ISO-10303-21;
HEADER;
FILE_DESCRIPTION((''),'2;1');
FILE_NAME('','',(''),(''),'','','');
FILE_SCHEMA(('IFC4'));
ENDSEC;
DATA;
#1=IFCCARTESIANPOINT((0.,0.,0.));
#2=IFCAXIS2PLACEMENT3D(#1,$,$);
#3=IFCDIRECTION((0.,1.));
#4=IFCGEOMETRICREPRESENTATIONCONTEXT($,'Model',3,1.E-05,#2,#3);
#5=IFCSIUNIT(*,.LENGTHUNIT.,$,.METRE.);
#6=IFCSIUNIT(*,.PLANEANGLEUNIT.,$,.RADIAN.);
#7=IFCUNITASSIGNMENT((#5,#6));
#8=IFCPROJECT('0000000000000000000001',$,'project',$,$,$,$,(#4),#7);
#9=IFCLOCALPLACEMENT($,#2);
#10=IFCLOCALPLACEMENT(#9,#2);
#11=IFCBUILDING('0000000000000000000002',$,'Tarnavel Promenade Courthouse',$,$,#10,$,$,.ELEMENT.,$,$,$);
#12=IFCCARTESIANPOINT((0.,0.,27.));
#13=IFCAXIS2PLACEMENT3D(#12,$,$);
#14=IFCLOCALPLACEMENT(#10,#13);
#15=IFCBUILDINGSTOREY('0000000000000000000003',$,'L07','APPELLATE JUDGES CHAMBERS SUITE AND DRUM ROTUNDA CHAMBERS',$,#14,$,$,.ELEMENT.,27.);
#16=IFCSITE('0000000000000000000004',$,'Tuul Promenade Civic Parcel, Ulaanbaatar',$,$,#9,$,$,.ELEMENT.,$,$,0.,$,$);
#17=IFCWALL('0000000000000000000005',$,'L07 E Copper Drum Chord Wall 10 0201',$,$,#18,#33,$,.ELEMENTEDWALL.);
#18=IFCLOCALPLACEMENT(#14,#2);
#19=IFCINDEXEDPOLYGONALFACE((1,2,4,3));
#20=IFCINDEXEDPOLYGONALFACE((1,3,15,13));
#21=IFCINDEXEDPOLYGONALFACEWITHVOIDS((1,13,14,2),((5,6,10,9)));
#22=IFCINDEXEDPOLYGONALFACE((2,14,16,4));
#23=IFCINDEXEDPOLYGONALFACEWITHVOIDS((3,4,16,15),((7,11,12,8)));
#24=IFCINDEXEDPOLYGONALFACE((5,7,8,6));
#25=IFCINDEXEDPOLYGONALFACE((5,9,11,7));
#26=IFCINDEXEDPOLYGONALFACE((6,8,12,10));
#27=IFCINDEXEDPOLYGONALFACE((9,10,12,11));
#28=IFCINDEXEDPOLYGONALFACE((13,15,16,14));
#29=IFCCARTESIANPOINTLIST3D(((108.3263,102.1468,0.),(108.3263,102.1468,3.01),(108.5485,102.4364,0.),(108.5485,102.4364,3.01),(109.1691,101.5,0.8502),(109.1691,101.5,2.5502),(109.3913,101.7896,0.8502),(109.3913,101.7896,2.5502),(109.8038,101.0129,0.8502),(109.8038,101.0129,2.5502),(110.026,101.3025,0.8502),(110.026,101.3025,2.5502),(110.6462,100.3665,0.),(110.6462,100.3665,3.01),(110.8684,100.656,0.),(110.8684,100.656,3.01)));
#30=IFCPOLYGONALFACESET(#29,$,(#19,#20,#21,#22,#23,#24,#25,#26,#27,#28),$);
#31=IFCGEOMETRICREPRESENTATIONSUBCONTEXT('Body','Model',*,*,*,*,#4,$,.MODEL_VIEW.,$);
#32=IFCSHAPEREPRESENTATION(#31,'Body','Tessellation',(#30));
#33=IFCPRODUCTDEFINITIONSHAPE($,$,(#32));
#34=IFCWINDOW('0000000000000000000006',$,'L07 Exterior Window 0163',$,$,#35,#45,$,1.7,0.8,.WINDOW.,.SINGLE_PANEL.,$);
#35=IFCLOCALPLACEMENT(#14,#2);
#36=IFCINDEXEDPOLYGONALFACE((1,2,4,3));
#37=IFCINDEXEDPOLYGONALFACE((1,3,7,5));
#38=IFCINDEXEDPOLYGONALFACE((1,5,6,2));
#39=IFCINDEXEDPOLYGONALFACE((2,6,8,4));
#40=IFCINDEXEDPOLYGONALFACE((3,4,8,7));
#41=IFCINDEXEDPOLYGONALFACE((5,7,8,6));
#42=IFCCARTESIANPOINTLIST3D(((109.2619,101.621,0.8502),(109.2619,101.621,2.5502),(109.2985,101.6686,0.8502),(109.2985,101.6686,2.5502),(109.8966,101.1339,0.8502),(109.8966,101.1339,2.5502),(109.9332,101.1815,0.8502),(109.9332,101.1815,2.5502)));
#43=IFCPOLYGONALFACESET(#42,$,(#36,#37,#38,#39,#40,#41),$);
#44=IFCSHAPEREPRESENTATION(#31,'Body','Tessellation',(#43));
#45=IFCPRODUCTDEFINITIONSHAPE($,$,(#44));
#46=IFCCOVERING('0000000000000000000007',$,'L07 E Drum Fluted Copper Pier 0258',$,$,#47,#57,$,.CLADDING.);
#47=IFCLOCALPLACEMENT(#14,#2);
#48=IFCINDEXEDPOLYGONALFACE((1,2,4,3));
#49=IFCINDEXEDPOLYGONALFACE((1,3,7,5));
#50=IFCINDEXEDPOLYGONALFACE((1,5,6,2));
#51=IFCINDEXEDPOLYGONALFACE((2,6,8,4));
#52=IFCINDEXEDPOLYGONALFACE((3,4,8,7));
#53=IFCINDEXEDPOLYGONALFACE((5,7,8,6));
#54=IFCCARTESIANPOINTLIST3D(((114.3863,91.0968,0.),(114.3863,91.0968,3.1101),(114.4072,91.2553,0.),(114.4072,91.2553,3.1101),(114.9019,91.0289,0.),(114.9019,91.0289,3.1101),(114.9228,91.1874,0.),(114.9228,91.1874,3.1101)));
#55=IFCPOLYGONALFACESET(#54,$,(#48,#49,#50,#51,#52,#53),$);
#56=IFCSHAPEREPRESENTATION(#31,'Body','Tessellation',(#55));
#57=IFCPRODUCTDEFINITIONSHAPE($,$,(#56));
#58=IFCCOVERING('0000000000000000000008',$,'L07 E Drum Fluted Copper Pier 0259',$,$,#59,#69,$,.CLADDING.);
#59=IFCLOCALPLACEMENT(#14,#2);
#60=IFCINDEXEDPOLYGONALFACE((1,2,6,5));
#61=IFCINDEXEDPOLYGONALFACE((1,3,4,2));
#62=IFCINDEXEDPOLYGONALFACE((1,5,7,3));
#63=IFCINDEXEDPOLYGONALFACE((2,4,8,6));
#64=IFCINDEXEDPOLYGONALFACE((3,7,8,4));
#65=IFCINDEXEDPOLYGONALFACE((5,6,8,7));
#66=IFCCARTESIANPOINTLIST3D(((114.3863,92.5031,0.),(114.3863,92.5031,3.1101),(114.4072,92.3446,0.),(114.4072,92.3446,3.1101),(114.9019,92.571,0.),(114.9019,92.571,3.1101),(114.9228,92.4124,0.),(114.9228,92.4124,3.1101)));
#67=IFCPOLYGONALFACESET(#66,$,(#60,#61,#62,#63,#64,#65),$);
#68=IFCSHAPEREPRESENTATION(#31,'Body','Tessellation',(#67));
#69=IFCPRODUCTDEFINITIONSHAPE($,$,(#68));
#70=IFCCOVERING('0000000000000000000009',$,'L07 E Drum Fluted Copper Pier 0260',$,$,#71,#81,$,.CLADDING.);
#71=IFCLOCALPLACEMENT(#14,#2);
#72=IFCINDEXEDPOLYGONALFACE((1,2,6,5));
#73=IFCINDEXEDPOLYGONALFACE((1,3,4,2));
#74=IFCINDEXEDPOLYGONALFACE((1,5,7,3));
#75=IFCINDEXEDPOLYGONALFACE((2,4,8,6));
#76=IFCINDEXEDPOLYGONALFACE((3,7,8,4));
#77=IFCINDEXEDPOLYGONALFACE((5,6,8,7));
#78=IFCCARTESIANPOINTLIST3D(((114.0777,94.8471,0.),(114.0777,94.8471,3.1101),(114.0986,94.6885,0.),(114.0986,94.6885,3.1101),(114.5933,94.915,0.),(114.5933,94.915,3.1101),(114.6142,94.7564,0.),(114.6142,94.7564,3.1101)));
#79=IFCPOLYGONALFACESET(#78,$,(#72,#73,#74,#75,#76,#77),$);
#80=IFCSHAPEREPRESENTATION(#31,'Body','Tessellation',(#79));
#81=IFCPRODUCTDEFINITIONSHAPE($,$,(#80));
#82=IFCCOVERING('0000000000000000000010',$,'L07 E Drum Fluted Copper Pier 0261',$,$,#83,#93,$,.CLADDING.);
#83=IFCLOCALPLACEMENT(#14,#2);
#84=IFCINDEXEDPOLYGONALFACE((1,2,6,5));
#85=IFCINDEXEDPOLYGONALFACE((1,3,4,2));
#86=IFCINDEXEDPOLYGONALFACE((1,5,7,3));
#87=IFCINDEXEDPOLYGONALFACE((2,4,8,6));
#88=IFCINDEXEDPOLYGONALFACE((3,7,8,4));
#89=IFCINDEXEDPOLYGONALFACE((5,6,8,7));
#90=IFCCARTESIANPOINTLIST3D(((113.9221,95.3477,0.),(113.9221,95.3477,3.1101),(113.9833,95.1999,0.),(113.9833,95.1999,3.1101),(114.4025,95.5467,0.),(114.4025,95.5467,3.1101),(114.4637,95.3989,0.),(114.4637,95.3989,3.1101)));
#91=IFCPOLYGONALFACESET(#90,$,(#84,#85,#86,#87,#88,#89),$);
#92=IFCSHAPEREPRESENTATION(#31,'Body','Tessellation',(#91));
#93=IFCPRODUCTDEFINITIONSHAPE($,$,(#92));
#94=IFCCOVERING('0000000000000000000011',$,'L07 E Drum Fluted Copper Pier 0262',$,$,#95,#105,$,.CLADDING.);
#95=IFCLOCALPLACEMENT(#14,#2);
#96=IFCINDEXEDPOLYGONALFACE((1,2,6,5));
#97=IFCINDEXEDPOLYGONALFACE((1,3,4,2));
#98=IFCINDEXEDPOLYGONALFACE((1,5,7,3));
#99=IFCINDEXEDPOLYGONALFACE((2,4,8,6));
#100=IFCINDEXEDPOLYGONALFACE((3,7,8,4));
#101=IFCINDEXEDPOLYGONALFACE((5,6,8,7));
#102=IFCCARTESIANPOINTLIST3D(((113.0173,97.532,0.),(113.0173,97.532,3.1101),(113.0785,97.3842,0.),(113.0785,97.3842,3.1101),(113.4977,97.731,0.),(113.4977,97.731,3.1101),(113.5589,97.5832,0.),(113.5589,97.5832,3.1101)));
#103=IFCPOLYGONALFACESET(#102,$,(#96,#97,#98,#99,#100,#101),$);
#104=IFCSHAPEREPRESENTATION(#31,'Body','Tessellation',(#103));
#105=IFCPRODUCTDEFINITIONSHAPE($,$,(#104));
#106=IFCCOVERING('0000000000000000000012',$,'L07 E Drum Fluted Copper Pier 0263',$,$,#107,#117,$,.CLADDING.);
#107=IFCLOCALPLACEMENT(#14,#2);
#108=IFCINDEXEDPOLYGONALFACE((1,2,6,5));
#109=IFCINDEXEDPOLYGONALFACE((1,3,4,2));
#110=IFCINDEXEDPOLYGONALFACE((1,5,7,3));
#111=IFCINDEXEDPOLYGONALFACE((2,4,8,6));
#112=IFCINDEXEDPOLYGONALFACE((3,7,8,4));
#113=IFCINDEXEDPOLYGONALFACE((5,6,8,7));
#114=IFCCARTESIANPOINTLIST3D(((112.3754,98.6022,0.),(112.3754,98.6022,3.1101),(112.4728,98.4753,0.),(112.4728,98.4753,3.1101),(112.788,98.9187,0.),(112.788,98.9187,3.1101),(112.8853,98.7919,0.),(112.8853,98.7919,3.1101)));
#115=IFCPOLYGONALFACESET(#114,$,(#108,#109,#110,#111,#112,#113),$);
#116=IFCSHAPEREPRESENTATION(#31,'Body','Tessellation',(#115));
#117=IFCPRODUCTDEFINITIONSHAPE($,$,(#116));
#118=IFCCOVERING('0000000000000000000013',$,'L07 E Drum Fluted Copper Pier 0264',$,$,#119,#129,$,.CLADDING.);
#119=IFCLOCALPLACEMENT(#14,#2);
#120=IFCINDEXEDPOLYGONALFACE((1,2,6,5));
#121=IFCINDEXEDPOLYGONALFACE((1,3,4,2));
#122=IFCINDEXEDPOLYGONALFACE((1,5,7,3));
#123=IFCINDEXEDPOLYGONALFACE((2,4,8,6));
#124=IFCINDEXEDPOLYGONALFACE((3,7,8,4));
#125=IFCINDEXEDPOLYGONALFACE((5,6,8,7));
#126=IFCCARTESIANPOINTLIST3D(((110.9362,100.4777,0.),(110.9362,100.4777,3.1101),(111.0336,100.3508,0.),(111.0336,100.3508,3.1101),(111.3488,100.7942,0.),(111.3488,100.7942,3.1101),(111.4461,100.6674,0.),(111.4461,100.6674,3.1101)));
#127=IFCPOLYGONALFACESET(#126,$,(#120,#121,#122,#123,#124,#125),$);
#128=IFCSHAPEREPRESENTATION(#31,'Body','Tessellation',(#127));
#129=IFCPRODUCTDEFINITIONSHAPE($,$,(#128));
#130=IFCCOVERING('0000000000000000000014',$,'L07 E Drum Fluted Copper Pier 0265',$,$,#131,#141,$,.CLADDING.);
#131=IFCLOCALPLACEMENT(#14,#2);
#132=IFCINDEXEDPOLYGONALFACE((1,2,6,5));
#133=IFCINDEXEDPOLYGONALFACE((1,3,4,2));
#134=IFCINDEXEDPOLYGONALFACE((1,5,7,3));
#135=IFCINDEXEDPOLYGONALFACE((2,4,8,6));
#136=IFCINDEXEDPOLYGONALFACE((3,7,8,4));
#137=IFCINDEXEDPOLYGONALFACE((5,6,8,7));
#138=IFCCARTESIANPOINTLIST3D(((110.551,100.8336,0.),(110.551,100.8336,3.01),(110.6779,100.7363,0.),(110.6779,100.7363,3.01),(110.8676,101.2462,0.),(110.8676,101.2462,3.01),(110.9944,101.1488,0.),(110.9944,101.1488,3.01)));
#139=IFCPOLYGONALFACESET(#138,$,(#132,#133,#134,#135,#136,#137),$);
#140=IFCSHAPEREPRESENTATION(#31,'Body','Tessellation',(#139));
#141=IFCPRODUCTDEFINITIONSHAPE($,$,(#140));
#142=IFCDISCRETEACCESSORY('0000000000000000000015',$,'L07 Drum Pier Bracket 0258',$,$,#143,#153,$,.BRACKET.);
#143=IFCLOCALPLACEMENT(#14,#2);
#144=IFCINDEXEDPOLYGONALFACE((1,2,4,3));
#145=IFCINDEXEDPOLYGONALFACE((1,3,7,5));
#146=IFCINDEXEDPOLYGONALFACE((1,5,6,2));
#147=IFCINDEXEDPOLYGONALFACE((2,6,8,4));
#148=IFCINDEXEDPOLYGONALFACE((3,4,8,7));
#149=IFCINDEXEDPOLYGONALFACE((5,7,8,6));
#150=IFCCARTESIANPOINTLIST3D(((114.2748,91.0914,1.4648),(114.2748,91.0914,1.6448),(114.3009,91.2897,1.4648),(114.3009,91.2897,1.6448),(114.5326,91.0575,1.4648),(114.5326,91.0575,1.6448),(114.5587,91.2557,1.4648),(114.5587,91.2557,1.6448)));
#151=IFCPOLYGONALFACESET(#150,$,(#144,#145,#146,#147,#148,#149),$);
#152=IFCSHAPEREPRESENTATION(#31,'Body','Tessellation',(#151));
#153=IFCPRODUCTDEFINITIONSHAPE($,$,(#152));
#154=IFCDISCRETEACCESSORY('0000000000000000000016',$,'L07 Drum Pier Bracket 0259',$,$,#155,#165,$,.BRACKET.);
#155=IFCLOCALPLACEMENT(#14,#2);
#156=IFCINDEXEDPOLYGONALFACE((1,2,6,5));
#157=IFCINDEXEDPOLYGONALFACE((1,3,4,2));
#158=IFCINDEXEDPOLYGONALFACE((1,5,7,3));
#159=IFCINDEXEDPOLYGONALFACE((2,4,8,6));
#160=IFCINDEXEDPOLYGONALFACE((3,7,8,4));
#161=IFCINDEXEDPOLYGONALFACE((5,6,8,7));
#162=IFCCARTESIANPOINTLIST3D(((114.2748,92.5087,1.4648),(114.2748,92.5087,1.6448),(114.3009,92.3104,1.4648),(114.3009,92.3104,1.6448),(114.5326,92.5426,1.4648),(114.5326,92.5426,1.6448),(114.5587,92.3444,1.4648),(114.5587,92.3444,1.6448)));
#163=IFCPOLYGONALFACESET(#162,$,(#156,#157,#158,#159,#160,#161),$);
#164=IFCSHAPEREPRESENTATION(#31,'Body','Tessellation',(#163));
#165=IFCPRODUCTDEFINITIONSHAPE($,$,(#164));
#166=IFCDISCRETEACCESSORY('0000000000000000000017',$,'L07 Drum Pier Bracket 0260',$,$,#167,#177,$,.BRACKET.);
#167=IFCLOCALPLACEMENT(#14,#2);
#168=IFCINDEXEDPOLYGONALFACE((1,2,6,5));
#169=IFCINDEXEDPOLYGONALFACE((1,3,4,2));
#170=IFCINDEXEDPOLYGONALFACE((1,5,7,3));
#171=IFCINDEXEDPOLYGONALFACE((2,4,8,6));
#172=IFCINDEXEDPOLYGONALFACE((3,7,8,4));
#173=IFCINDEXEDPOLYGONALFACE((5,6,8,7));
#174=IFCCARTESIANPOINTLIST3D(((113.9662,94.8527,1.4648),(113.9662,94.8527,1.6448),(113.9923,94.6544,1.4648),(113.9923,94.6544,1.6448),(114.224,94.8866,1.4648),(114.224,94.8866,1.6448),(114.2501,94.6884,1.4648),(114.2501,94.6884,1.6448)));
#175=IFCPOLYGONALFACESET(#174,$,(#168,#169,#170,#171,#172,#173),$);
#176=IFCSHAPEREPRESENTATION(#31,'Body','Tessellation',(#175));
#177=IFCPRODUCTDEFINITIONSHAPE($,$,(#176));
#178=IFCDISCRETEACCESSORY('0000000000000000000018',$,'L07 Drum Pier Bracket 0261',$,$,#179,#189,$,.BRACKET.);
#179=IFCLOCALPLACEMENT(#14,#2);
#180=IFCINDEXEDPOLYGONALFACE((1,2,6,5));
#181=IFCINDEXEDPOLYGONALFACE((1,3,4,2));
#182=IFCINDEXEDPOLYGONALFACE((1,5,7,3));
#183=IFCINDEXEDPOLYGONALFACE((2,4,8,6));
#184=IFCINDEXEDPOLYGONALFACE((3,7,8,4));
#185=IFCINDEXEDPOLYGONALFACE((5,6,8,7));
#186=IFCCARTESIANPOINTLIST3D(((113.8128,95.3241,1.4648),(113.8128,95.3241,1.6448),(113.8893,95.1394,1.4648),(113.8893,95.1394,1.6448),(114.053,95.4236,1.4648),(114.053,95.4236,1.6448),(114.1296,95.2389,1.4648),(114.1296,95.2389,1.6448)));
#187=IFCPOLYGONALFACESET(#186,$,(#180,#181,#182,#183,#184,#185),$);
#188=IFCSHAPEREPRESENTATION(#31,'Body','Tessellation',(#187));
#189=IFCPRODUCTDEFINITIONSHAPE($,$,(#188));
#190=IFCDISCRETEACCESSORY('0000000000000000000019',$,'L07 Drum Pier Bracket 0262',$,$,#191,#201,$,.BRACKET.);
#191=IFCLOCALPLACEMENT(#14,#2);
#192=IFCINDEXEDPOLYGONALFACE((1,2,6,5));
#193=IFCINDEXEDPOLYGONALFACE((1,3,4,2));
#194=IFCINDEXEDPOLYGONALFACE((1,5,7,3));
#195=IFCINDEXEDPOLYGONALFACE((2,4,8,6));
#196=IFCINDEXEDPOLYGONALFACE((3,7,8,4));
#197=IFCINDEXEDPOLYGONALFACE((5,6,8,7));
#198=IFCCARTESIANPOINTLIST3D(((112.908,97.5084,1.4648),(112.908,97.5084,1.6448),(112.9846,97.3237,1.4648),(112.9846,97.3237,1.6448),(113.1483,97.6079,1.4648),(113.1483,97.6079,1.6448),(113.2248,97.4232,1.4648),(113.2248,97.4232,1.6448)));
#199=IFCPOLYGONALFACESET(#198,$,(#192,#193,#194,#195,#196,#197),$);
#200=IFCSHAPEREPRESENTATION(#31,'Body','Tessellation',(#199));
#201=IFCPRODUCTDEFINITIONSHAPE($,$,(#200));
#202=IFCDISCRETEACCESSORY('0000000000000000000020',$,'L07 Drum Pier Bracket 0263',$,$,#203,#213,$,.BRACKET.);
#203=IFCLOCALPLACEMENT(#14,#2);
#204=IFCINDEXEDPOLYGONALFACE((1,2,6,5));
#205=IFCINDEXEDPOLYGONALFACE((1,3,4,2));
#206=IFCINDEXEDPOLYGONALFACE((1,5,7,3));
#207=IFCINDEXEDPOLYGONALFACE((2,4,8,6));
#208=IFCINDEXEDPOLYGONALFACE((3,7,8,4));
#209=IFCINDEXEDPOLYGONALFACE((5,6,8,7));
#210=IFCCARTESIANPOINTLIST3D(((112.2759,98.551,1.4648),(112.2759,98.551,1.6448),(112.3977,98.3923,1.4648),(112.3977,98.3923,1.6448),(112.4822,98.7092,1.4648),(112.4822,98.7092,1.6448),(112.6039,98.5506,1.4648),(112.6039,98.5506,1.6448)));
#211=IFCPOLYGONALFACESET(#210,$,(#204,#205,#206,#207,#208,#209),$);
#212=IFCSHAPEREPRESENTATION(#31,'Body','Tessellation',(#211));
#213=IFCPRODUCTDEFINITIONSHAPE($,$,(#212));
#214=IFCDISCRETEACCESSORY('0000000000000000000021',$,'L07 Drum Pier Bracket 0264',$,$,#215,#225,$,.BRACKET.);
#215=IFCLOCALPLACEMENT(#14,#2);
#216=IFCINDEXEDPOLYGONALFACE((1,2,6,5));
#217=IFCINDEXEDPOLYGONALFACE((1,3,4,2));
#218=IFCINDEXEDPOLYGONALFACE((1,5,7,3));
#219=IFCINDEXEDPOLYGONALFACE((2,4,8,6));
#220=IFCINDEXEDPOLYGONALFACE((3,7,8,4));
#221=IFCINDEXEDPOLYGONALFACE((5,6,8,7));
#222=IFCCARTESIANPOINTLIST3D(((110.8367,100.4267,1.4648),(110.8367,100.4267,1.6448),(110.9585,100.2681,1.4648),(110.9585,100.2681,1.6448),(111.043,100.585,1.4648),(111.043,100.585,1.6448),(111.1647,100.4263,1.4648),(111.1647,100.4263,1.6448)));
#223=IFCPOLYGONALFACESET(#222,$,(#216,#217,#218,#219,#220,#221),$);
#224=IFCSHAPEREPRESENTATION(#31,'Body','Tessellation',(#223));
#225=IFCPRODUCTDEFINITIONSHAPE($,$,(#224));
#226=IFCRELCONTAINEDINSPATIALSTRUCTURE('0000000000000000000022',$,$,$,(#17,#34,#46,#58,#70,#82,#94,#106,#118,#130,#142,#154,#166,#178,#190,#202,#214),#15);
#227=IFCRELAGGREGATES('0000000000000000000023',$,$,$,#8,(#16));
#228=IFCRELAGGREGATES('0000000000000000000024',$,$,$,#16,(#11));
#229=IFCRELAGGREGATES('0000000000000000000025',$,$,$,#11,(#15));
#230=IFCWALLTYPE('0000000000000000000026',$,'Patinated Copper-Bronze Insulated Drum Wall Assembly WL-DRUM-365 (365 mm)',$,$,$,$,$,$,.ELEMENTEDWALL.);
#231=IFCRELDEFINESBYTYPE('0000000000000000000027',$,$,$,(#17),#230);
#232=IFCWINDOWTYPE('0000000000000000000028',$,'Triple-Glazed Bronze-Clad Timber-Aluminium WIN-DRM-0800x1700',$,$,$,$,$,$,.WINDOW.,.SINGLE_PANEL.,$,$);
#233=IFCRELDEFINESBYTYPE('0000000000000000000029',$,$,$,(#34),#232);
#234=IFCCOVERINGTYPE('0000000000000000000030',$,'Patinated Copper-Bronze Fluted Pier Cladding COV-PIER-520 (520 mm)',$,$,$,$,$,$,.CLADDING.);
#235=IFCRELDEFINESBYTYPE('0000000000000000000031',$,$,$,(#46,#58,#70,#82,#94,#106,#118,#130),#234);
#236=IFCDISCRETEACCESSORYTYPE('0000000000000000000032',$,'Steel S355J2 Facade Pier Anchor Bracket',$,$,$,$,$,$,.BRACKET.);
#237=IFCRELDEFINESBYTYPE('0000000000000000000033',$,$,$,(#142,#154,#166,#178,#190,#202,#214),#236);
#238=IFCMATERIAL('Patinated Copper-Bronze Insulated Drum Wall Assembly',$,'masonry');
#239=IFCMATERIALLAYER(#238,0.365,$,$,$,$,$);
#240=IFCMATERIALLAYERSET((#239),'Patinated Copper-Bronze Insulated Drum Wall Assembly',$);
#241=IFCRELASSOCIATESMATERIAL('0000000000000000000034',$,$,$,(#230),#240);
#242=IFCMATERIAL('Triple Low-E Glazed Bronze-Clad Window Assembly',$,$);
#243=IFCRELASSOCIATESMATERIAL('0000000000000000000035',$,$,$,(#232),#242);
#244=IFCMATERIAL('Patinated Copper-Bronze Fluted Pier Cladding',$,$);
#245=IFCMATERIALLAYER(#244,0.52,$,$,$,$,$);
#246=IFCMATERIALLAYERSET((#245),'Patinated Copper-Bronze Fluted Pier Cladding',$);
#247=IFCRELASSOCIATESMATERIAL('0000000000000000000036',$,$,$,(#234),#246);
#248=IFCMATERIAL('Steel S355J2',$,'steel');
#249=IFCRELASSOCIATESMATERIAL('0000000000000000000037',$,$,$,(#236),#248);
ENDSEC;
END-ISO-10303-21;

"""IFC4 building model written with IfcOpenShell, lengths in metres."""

from ifc_helpers import new_model, si_unit, direction, frame, frame_2d, origin, origin_2d, place, context, subcontext, project, spatial, rectangle, extrude, material, layer, layer_set, type_object, element, fill, save


model = new_model("IFC4")

# Units and contexts
model_context = context("Model", 3, precision=1e-05, world=origin(), true_north=direction((0.0, 1.0)))
body_context = subcontext(model_context, "Body", "Model", "MODEL_VIEW")
ifc_project = project(units=[si_unit("LENGTHUNIT", "METRE"), si_unit("PLANEANGLEUNIT", "RADIAN")], contexts=[model_context])

# Site, building, storey
site_placement = place(None, origin())
site = spatial("IfcSite", under=ifc_project, at=site_placement, Name="Tuul Promenade Civic Parcel, Ulaanbaatar", CompositionType="ELEMENT", RefElevation=0.0)
building_placement = place(site_placement, origin())
building = spatial("IfcBuilding", under=site, at=building_placement, Name="Tarnavel Promenade Courthouse", CompositionType="ELEMENT")
storey_placement = place(building_placement, frame((0.0, 0.0, 27.0)))
storey = spatial("IfcBuildingStorey", under=building, at=storey_placement, Name="L07", Description="APPELLATE JUDGES CHAMBERS SUITE AND DRUM ROTUNDA CHAMBERS", CompositionType="ELEMENT", Elevation=27.0)

# Shared definitions
ifc_material_1 = material(Name="Steel S355J2", Category="steel")

# Shared definitions
ifc_material_2 = material(Name="Patinated Copper-Bronze Insulated Drum Wall Assembly", Category="masonry")
ifc_layer_1 = layer(ifc_material_2, 0.365)
ifc_layer_set_1 = layer_set([ifc_layer_1], Name="Patinated Copper-Bronze Insulated Drum Wall Assembly")
wall_type_1 = type_object("IfcWallType", Name="Patinated Copper-Bronze Insulated Drum Wall Assembly WL-DRUM-365 (365 mm)", PredefinedType="ELEMENTEDWALL", material=ifc_layer_set_1)

# Shared definitions
ifc_material_3 = material(Name="Triple Low-E Glazed Bronze-Clad Window Assembly")
window_type = type_object("IfcWindowType", Name="Triple-Glazed Bronze-Clad Timber-Aluminium WIN-DRM-0800x1700", PartitioningType="SINGLE_PANEL", PredefinedType="WINDOW", material=ifc_material_3)

# Wall, opening, window
wall_1_placement = place(storey_placement, frame((110.7573, 100.5112, 0.0), z_axis=(0.0, 0.0, 1.0), x_axis=(-0.793319, 0.608807, 0.0)))
wall_1 = element("IfcWall", 1, at=wall_1_placement, inside=storey, type_object=wall_type_1, Name="L07 E Copper Drum Chord Wall 10 0201", PredefinedType="ELEMENTEDWALL", context=body_context, shape_type="SweptSolid", body=[
    extrude(rectangle(XDim=2.9243, YDim=0.365, at=frame_2d((1.4622, 0.0))), origin(), (0.0, 0.0, 1.0), 3.01),
])
opening_1_placement = place(wall_1_placement, frame((1.062, 0.0, 0.8501)))
opening_1 = element("IfcOpeningElement", 2, at=opening_1_placement, cuts=wall_1, PredefinedType="OPENING", context=body_context, shape_type="SweptSolid", body=[
    extrude(rectangle(XDim=0.8, YDim=1.7, at=frame_2d((0.3999, 0.8501))), frame((0.0, 0.1924, 0.0), z_axis=(0.0, -1.0, 0.0), x_axis=(1.0, 0.0, 0.0)), (0.0, 0.0, 1.0), 0.385),
])
window_1_placement = place(opening_1_placement, origin())
window_1 = element("IfcWindow", 3, at=window_1_placement, inside=storey, type_object=window_type, Name="L07 Exterior Window 0163", OverallHeight=1.7, OverallWidth=0.8, PartitioningType="SINGLE_PANEL", PredefinedType="WINDOW", context=body_context, shape_type="SweptSolid", body=[
    extrude(rectangle(XDim=0.8, YDim=1.7, at=frame_2d((0.3999, 0.8501))), frame((0.0, 0.03, 0.0), z_axis=(0.0, -1.0, 0.0), x_axis=(1.0, 0.0, 0.0)), (0.0, 0.0, 1.0), 0.0601),
])
fill(opening_1, window_1)

# Coverings
ifc_material_4 = material(Name="Patinated Copper-Bronze Fluted Pier Cladding")
ifc_layer_2 = layer(ifc_material_4, 0.52)
ifc_layer_set_2 = layer_set([ifc_layer_2], Name="Patinated Copper-Bronze Fluted Pier Cladding")
covering_type = type_object("IfcCoveringType", Name="Patinated Copper-Bronze Fluted Pier Cladding COV-PIER-520 (520 mm)", PredefinedType="CLADDING", material=ifc_layer_set_2)
for number, where, z_axis, x_axis, name in (
    (4, (114.6545, 91.1421, 0.0), (0.0, 0.0, 1.0), (0.130526, 0.991445, 0.0), "L07 E Drum Fluted Copper Pier 0258"),
    (5, (114.6545, 92.4578, 0.0), (0.0, 0.0, 1.0), (-0.130526, 0.991445, 0.0), "L07 E Drum Fluted Copper Pier 0259"),
    (6, (114.3459, 94.8018, 0.0), (0.0, 0.0, 1.0), (-0.130526, 0.991445, 0.0), "L07 E Drum Fluted Copper Pier 0260"),
    (7, (114.1929, 95.3733, 0.0), (0.0, 0.0, 1.0), (-0.382683, 0.92388, 0.0), "L07 E Drum Fluted Copper Pier 0261"),
    (8, (113.2881, 97.5576, 0.0), (0.0, 0.0, 1.0), (-0.382683, 0.92388, 0.0), "L07 E Drum Fluted Copper Pier 0262"),
    (9, (112.6304, 98.697, 0.0), (0.0, 0.0, 1.0), (-0.608761, 0.793353, 0.0), "L07 E Drum Fluted Copper Pier 0263"),
    (10, (111.1912, 100.5725, 0.0), (0.0, 0.0, 1.0), (-0.608761, 0.793353, 0.0), "L07 E Drum Fluted Copper Pier 0264"),
):
    element("IfcCovering", number, at=place(storey_placement, frame(where, z_axis=z_axis, x_axis=x_axis)), inside=storey, type_object=covering_type, Name=name, PredefinedType="CLADDING", context=body_context, shape_type="SweptSolid", body=[
        extrude(rectangle(XDim=0.1599, YDim=0.52, at=origin_2d()), origin(), (0.0, 0.0, 1.0), 3.1101),
    ])
covering_placement = place(storey_placement, frame((110.7727, 100.9912, 0.0), z_axis=(0.0, 0.0, 1.0), x_axis=(-0.793353, 0.608761, 0.0)))
element("IfcCovering", 11, at=covering_placement, inside=storey, type_object=covering_type, Name="L07 E Drum Fluted Copper Pier 0265", PredefinedType="CLADDING", context=body_context, shape_type="SweptSolid", body=[
    extrude(rectangle(XDim=0.1599, YDim=0.52, at=origin_2d()), origin(), (0.0, 0.0, 1.0), 3.01),
])

# Discrete accessories
discrete_accessory_type = type_object("IfcDiscreteAccessoryType", Name="Steel S355J2 Facade Pier Anchor Bracket", PredefinedType="BRACKET", material=ifc_material_1)
for number, where, z_axis, x_axis, name in (
    (12, (114.4167, 91.1736, 1.4648), (0.0, 0.0, 1.0), (0.130526, 0.991445, 0.0), "L07 Drum Pier Bracket 0258"),
    (13, (114.4167, 92.4265, 1.4648), (0.0, 0.0, 1.0), (-0.130526, 0.991445, 0.0), "L07 Drum Pier Bracket 0259"),
    (14, (114.1082, 94.7705, 1.4648), (0.0, 0.0, 1.0), (-0.130526, 0.991445, 0.0), "L07 Drum Pier Bracket 0260"),
    (15, (113.9712, 95.2815, 1.4648), (0.0, 0.0, 1.0), (-0.382683, 0.92388, 0.0), "L07 Drum Pier Bracket 0261"),
    (16, (113.0664, 97.4658, 1.4648), (0.0, 0.0, 1.0), (-0.382683, 0.92388, 0.0), "L07 Drum Pier Bracket 0262"),
    (17, (112.4399, 98.5508, 1.4648), (0.0, 0.0, 1.0), (-0.608761, 0.793353, 0.0), "L07 Drum Pier Bracket 0263"),
    (18, (111.0007, 100.4265, 1.4648), (0.0, 0.0, 1.0), (-0.608761, 0.793353, 0.0), "L07 Drum Pier Bracket 0264"),
):
    element("IfcDiscreteAccessory", number, at=place(storey_placement, frame(where, z_axis=z_axis, x_axis=x_axis)), inside=storey, type_object=discrete_accessory_type, Name=name, PredefinedType="BRACKET", context=body_context, shape_type="SweptSolid", body=[
        extrude(rectangle(XDim=0.2, YDim=0.26, at=origin_2d()), origin(), (0.0, 0.0, 1.0), 0.1799),
    ])

save(model, "model.ifc")
